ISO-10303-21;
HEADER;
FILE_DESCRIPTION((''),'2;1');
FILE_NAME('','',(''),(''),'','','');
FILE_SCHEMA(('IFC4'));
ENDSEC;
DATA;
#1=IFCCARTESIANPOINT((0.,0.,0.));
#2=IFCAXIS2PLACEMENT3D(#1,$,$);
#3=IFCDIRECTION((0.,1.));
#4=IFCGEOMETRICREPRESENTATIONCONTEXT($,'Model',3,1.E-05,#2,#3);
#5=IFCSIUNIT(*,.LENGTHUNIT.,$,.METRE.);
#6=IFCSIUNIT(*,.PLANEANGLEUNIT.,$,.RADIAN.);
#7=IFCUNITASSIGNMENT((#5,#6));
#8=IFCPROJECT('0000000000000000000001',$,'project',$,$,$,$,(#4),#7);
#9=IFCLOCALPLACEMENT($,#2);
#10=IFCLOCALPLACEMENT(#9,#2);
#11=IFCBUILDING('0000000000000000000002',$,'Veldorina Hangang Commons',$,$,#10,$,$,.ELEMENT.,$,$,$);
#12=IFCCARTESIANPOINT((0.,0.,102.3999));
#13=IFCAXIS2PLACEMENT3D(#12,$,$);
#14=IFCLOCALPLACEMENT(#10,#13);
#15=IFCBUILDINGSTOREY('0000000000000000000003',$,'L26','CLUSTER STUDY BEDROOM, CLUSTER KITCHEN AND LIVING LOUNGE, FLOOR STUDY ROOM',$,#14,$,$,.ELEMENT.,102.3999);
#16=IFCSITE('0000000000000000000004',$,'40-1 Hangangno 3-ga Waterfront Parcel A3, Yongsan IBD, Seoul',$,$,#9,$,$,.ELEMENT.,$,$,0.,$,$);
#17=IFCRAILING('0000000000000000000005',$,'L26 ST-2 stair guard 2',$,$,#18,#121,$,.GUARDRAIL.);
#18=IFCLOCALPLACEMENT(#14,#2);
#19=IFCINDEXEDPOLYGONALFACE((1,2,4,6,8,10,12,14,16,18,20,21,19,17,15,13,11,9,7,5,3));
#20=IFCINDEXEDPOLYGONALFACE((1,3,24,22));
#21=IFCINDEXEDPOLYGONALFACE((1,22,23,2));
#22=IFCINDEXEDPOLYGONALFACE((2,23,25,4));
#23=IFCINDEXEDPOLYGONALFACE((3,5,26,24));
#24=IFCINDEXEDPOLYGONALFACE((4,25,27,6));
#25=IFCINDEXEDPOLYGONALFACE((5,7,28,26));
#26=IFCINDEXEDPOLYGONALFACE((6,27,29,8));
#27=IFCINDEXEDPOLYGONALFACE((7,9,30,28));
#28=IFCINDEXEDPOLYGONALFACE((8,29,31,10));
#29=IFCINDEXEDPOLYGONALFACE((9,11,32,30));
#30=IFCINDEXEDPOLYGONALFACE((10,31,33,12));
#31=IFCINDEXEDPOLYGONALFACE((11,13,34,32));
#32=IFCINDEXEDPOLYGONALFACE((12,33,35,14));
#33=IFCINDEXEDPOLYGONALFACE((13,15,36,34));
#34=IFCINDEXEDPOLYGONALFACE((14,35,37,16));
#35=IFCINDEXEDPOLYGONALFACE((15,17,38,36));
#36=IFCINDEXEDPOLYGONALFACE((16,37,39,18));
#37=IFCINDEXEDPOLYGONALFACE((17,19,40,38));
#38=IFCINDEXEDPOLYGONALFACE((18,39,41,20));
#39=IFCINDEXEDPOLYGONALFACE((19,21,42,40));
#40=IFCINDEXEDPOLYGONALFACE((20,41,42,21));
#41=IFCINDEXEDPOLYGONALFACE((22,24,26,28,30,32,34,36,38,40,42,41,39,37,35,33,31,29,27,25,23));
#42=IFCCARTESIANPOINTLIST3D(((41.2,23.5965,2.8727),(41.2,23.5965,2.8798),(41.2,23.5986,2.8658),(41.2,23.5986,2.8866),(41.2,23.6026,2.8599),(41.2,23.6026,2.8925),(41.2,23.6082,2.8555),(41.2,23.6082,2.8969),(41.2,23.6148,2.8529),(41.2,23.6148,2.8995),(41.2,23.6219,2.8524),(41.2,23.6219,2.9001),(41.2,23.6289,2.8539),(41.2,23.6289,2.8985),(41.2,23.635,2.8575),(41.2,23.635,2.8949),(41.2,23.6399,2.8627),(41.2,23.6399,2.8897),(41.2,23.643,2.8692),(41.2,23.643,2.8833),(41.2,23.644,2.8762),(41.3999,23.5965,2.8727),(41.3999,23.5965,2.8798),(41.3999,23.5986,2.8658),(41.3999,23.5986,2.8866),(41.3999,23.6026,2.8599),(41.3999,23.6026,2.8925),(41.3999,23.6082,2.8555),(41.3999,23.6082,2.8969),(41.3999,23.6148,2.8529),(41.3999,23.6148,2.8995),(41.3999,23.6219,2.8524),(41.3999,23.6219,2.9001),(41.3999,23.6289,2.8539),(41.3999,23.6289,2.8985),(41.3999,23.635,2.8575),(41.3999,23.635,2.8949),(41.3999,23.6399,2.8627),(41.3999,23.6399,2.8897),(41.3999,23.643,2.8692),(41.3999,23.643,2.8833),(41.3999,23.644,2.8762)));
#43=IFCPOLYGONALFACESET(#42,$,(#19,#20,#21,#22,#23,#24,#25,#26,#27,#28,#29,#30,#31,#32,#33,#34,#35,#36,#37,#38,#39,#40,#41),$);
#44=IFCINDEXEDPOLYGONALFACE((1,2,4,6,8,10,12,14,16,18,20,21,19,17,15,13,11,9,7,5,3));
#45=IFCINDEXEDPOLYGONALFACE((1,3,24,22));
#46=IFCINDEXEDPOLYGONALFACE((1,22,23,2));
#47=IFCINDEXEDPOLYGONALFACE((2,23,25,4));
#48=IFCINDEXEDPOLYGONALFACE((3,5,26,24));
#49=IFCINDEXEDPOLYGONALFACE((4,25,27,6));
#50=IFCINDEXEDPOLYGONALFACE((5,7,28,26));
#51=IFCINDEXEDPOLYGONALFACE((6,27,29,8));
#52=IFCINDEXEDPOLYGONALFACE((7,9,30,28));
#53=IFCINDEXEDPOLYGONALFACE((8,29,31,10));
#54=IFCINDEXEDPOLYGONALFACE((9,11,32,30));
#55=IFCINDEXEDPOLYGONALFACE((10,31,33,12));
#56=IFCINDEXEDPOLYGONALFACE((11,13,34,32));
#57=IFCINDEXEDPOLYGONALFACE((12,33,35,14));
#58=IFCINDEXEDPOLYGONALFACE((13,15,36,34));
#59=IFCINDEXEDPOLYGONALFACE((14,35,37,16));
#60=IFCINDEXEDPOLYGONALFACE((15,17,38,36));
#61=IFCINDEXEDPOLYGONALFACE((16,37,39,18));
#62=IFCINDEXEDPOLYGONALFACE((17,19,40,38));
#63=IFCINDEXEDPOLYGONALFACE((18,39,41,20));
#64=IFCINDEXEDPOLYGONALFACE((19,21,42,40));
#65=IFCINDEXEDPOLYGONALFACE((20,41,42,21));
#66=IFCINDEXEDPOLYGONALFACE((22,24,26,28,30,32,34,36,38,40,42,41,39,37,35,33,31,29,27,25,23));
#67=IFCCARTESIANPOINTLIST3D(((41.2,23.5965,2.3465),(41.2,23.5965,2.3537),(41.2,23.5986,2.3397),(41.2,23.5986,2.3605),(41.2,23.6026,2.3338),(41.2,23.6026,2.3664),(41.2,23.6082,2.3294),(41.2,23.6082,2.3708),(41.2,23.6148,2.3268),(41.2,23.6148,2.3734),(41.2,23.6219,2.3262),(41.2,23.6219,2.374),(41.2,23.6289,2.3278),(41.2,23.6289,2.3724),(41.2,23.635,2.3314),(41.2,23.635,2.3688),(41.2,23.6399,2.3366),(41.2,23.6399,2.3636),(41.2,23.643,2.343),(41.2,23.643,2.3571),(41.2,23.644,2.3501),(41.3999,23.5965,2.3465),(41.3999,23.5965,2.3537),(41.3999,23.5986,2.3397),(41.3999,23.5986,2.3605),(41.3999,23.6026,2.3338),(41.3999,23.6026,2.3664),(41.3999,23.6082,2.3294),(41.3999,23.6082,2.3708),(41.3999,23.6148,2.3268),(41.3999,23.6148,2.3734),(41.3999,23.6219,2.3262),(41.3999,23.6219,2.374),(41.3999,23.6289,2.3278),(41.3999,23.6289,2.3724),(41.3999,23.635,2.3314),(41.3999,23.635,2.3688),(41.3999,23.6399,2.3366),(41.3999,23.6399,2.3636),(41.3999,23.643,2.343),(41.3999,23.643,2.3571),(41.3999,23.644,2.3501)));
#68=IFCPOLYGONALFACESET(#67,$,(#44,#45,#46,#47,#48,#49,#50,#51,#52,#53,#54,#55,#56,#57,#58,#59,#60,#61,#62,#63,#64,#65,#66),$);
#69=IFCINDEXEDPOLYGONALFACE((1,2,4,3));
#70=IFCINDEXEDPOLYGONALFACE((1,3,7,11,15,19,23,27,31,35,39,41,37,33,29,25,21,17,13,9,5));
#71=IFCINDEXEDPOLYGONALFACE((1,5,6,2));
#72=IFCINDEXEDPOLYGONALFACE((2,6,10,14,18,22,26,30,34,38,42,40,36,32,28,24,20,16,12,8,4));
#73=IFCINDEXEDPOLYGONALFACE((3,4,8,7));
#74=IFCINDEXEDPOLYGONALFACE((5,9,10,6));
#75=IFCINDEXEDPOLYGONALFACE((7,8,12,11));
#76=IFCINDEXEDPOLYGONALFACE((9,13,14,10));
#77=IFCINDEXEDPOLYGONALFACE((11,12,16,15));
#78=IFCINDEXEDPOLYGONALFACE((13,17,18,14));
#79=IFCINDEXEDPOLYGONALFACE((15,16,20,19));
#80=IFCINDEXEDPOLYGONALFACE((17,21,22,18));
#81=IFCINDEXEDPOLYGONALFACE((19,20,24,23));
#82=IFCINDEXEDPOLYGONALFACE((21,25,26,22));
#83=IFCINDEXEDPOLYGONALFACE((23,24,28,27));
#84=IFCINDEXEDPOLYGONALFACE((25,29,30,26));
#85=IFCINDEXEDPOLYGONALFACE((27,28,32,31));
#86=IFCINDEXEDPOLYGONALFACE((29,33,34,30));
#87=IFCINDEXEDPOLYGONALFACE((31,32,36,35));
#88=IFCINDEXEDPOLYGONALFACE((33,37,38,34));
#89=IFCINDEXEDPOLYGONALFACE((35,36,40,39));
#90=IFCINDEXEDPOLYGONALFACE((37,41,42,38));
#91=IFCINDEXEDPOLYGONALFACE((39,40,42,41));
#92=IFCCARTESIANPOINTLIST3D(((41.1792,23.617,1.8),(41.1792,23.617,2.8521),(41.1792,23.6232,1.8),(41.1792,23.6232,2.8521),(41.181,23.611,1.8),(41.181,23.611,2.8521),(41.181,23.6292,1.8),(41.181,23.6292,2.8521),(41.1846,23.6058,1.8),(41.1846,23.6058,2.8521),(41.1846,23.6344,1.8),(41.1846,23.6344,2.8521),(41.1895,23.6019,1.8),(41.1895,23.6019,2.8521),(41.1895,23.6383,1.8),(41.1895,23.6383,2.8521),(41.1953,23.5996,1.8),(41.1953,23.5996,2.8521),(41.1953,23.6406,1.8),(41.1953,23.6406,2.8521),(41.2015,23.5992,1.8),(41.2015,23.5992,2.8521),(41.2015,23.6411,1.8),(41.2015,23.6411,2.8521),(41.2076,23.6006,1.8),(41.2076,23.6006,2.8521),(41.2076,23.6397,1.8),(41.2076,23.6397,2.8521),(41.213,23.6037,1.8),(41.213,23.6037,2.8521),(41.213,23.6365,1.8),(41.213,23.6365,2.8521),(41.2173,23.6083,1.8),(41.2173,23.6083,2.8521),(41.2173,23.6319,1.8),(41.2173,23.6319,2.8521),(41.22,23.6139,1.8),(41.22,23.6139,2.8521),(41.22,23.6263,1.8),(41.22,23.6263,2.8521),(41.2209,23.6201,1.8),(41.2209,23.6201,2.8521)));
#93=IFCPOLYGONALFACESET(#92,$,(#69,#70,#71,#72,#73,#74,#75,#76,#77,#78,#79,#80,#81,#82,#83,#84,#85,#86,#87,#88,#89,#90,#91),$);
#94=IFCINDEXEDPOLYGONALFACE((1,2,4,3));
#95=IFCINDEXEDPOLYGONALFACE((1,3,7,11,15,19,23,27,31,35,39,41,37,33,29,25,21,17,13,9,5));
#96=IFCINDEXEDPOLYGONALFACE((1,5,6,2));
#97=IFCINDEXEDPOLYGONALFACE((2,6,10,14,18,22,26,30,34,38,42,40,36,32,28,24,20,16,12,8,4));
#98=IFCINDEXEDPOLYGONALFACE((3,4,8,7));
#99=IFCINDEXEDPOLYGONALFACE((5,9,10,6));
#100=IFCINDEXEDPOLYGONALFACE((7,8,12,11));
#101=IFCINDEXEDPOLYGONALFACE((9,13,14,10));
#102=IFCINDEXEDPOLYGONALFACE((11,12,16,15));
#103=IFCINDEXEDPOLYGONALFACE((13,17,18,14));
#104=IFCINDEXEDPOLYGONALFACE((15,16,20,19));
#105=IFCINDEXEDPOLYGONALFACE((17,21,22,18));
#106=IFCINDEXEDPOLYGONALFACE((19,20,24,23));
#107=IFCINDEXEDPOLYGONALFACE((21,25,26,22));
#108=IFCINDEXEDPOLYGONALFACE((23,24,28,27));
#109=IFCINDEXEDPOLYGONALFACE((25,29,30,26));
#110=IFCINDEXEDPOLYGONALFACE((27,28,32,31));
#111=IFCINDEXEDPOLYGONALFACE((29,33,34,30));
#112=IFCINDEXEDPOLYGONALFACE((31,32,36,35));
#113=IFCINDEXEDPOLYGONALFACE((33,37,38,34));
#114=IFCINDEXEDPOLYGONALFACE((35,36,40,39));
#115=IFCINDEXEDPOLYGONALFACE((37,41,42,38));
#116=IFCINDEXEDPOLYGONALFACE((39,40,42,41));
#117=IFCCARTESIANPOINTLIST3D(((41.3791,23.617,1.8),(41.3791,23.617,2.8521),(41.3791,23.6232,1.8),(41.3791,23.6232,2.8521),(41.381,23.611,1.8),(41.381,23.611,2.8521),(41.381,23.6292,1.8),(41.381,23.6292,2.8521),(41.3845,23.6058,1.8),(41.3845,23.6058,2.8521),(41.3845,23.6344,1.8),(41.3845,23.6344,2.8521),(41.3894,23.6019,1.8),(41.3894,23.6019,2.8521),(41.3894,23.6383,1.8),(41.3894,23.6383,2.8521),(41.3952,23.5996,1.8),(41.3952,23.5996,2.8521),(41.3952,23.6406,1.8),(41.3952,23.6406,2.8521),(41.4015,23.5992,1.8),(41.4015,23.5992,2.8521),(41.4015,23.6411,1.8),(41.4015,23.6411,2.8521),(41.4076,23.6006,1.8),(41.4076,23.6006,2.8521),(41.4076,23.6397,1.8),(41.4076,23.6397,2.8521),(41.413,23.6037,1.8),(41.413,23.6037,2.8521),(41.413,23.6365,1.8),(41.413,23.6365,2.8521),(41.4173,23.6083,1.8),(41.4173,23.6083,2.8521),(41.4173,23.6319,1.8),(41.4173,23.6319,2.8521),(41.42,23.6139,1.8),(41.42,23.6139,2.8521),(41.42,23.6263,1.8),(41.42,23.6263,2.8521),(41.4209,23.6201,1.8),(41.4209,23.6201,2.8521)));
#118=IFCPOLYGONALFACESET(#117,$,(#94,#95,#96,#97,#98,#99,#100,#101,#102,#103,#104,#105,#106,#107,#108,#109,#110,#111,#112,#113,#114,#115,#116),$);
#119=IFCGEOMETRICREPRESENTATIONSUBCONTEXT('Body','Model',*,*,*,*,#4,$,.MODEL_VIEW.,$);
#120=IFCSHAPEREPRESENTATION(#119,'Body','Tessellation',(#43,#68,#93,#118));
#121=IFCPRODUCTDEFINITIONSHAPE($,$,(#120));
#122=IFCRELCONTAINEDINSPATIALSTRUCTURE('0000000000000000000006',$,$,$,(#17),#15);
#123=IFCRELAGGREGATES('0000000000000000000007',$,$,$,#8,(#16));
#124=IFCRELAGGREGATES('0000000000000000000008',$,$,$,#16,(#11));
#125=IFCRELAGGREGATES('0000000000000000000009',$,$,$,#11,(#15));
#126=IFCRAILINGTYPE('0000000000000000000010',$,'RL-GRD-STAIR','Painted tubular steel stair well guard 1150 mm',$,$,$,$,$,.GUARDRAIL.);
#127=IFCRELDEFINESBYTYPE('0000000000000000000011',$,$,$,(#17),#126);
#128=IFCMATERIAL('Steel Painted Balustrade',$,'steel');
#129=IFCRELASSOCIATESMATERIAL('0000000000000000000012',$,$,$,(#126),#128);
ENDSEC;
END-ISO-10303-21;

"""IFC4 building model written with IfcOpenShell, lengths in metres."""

from ifc_helpers import new_model, si_unit, direction, frame, origin, origin_2d, place, context, subcontext, project, spatial, circle, extrude, material, type_object, element, save


model = new_model("IFC4")

# Units and contexts
model_context = context("Model", 3, precision=1e-05, world=origin(), true_north=direction((0.0, 1.0)))
body_context = subcontext(model_context, "Body", "Model", "MODEL_VIEW")
ifc_project = project(units=[si_unit("LENGTHUNIT", "METRE"), si_unit("PLANEANGLEUNIT", "RADIAN")], contexts=[model_context])

# Site, building, storey
site_placement = place(None, origin())
site = spatial("IfcSite", under=ifc_project, at=site_placement, Name="40-1 Hangangno 3-ga Waterfront Parcel A3, Yongsan IBD, Seoul", CompositionType="ELEMENT", RefElevation=0.0)
building_placement = place(site_placement, origin())
building = spatial("IfcBuilding", under=site, at=building_placement, Name="Veldorina Hangang Commons", CompositionType="ELEMENT")
storey_placement = place(building_placement, frame((0.0, 0.0, 102.3999)))
storey = spatial("IfcBuildingStorey", under=building, at=storey_placement, Name="L26", Description="CLUSTER STUDY BEDROOM, CLUSTER KITCHEN AND LIVING LOUNGE, FLOOR STUDY ROOM", CompositionType="ELEMENT", Elevation=102.3999)

# Railing
ifc_material_1 = material(Name="Steel Painted Balustrade", Category="steel")
railing_type = type_object("IfcRailingType", Name="RL-GRD-STAIR", Description="Painted tubular steel stair well guard 1150 mm", PredefinedType="GUARDRAIL", material=ifc_material_1)
railing_1_placement = place(storey_placement, frame((41.2, 23.6201, 1.8)))
element("IfcRailing", 1, at=railing_1_placement, inside=storey, type_object=railing_type, Name="L26 ST-2 stair guard 2", PredefinedType="GUARDRAIL", context=body_context, shape_type="SweptSolid", body=[
    extrude(circle(Radius=0.0239, at=origin_2d()), frame((0.0, 0.0, 1.0762), z_axis=(1.0, 0.0, 0.0), x_axis=(0.0, 1.0, 0.0)), (0.0, 0.0, 1.0), 0.2),
    extrude(circle(Radius=0.0239, at=origin_2d()), frame((0.0, 0.0, 0.55), z_axis=(1.0, 0.0, 0.0), x_axis=(0.0, 1.0, 0.0)), (0.0, 0.0, 1.0), 0.2),
    extrude(circle(Radius=0.021, at=origin_2d()), origin(), (0.0, 0.0, 1.0), 1.052),
    extrude(circle(Radius=0.021, at=origin_2d()), frame((0.2, 0.0, 0.0)), (0.0, 0.0, 1.0), 1.052),
])

save(model, "model.ifc")
